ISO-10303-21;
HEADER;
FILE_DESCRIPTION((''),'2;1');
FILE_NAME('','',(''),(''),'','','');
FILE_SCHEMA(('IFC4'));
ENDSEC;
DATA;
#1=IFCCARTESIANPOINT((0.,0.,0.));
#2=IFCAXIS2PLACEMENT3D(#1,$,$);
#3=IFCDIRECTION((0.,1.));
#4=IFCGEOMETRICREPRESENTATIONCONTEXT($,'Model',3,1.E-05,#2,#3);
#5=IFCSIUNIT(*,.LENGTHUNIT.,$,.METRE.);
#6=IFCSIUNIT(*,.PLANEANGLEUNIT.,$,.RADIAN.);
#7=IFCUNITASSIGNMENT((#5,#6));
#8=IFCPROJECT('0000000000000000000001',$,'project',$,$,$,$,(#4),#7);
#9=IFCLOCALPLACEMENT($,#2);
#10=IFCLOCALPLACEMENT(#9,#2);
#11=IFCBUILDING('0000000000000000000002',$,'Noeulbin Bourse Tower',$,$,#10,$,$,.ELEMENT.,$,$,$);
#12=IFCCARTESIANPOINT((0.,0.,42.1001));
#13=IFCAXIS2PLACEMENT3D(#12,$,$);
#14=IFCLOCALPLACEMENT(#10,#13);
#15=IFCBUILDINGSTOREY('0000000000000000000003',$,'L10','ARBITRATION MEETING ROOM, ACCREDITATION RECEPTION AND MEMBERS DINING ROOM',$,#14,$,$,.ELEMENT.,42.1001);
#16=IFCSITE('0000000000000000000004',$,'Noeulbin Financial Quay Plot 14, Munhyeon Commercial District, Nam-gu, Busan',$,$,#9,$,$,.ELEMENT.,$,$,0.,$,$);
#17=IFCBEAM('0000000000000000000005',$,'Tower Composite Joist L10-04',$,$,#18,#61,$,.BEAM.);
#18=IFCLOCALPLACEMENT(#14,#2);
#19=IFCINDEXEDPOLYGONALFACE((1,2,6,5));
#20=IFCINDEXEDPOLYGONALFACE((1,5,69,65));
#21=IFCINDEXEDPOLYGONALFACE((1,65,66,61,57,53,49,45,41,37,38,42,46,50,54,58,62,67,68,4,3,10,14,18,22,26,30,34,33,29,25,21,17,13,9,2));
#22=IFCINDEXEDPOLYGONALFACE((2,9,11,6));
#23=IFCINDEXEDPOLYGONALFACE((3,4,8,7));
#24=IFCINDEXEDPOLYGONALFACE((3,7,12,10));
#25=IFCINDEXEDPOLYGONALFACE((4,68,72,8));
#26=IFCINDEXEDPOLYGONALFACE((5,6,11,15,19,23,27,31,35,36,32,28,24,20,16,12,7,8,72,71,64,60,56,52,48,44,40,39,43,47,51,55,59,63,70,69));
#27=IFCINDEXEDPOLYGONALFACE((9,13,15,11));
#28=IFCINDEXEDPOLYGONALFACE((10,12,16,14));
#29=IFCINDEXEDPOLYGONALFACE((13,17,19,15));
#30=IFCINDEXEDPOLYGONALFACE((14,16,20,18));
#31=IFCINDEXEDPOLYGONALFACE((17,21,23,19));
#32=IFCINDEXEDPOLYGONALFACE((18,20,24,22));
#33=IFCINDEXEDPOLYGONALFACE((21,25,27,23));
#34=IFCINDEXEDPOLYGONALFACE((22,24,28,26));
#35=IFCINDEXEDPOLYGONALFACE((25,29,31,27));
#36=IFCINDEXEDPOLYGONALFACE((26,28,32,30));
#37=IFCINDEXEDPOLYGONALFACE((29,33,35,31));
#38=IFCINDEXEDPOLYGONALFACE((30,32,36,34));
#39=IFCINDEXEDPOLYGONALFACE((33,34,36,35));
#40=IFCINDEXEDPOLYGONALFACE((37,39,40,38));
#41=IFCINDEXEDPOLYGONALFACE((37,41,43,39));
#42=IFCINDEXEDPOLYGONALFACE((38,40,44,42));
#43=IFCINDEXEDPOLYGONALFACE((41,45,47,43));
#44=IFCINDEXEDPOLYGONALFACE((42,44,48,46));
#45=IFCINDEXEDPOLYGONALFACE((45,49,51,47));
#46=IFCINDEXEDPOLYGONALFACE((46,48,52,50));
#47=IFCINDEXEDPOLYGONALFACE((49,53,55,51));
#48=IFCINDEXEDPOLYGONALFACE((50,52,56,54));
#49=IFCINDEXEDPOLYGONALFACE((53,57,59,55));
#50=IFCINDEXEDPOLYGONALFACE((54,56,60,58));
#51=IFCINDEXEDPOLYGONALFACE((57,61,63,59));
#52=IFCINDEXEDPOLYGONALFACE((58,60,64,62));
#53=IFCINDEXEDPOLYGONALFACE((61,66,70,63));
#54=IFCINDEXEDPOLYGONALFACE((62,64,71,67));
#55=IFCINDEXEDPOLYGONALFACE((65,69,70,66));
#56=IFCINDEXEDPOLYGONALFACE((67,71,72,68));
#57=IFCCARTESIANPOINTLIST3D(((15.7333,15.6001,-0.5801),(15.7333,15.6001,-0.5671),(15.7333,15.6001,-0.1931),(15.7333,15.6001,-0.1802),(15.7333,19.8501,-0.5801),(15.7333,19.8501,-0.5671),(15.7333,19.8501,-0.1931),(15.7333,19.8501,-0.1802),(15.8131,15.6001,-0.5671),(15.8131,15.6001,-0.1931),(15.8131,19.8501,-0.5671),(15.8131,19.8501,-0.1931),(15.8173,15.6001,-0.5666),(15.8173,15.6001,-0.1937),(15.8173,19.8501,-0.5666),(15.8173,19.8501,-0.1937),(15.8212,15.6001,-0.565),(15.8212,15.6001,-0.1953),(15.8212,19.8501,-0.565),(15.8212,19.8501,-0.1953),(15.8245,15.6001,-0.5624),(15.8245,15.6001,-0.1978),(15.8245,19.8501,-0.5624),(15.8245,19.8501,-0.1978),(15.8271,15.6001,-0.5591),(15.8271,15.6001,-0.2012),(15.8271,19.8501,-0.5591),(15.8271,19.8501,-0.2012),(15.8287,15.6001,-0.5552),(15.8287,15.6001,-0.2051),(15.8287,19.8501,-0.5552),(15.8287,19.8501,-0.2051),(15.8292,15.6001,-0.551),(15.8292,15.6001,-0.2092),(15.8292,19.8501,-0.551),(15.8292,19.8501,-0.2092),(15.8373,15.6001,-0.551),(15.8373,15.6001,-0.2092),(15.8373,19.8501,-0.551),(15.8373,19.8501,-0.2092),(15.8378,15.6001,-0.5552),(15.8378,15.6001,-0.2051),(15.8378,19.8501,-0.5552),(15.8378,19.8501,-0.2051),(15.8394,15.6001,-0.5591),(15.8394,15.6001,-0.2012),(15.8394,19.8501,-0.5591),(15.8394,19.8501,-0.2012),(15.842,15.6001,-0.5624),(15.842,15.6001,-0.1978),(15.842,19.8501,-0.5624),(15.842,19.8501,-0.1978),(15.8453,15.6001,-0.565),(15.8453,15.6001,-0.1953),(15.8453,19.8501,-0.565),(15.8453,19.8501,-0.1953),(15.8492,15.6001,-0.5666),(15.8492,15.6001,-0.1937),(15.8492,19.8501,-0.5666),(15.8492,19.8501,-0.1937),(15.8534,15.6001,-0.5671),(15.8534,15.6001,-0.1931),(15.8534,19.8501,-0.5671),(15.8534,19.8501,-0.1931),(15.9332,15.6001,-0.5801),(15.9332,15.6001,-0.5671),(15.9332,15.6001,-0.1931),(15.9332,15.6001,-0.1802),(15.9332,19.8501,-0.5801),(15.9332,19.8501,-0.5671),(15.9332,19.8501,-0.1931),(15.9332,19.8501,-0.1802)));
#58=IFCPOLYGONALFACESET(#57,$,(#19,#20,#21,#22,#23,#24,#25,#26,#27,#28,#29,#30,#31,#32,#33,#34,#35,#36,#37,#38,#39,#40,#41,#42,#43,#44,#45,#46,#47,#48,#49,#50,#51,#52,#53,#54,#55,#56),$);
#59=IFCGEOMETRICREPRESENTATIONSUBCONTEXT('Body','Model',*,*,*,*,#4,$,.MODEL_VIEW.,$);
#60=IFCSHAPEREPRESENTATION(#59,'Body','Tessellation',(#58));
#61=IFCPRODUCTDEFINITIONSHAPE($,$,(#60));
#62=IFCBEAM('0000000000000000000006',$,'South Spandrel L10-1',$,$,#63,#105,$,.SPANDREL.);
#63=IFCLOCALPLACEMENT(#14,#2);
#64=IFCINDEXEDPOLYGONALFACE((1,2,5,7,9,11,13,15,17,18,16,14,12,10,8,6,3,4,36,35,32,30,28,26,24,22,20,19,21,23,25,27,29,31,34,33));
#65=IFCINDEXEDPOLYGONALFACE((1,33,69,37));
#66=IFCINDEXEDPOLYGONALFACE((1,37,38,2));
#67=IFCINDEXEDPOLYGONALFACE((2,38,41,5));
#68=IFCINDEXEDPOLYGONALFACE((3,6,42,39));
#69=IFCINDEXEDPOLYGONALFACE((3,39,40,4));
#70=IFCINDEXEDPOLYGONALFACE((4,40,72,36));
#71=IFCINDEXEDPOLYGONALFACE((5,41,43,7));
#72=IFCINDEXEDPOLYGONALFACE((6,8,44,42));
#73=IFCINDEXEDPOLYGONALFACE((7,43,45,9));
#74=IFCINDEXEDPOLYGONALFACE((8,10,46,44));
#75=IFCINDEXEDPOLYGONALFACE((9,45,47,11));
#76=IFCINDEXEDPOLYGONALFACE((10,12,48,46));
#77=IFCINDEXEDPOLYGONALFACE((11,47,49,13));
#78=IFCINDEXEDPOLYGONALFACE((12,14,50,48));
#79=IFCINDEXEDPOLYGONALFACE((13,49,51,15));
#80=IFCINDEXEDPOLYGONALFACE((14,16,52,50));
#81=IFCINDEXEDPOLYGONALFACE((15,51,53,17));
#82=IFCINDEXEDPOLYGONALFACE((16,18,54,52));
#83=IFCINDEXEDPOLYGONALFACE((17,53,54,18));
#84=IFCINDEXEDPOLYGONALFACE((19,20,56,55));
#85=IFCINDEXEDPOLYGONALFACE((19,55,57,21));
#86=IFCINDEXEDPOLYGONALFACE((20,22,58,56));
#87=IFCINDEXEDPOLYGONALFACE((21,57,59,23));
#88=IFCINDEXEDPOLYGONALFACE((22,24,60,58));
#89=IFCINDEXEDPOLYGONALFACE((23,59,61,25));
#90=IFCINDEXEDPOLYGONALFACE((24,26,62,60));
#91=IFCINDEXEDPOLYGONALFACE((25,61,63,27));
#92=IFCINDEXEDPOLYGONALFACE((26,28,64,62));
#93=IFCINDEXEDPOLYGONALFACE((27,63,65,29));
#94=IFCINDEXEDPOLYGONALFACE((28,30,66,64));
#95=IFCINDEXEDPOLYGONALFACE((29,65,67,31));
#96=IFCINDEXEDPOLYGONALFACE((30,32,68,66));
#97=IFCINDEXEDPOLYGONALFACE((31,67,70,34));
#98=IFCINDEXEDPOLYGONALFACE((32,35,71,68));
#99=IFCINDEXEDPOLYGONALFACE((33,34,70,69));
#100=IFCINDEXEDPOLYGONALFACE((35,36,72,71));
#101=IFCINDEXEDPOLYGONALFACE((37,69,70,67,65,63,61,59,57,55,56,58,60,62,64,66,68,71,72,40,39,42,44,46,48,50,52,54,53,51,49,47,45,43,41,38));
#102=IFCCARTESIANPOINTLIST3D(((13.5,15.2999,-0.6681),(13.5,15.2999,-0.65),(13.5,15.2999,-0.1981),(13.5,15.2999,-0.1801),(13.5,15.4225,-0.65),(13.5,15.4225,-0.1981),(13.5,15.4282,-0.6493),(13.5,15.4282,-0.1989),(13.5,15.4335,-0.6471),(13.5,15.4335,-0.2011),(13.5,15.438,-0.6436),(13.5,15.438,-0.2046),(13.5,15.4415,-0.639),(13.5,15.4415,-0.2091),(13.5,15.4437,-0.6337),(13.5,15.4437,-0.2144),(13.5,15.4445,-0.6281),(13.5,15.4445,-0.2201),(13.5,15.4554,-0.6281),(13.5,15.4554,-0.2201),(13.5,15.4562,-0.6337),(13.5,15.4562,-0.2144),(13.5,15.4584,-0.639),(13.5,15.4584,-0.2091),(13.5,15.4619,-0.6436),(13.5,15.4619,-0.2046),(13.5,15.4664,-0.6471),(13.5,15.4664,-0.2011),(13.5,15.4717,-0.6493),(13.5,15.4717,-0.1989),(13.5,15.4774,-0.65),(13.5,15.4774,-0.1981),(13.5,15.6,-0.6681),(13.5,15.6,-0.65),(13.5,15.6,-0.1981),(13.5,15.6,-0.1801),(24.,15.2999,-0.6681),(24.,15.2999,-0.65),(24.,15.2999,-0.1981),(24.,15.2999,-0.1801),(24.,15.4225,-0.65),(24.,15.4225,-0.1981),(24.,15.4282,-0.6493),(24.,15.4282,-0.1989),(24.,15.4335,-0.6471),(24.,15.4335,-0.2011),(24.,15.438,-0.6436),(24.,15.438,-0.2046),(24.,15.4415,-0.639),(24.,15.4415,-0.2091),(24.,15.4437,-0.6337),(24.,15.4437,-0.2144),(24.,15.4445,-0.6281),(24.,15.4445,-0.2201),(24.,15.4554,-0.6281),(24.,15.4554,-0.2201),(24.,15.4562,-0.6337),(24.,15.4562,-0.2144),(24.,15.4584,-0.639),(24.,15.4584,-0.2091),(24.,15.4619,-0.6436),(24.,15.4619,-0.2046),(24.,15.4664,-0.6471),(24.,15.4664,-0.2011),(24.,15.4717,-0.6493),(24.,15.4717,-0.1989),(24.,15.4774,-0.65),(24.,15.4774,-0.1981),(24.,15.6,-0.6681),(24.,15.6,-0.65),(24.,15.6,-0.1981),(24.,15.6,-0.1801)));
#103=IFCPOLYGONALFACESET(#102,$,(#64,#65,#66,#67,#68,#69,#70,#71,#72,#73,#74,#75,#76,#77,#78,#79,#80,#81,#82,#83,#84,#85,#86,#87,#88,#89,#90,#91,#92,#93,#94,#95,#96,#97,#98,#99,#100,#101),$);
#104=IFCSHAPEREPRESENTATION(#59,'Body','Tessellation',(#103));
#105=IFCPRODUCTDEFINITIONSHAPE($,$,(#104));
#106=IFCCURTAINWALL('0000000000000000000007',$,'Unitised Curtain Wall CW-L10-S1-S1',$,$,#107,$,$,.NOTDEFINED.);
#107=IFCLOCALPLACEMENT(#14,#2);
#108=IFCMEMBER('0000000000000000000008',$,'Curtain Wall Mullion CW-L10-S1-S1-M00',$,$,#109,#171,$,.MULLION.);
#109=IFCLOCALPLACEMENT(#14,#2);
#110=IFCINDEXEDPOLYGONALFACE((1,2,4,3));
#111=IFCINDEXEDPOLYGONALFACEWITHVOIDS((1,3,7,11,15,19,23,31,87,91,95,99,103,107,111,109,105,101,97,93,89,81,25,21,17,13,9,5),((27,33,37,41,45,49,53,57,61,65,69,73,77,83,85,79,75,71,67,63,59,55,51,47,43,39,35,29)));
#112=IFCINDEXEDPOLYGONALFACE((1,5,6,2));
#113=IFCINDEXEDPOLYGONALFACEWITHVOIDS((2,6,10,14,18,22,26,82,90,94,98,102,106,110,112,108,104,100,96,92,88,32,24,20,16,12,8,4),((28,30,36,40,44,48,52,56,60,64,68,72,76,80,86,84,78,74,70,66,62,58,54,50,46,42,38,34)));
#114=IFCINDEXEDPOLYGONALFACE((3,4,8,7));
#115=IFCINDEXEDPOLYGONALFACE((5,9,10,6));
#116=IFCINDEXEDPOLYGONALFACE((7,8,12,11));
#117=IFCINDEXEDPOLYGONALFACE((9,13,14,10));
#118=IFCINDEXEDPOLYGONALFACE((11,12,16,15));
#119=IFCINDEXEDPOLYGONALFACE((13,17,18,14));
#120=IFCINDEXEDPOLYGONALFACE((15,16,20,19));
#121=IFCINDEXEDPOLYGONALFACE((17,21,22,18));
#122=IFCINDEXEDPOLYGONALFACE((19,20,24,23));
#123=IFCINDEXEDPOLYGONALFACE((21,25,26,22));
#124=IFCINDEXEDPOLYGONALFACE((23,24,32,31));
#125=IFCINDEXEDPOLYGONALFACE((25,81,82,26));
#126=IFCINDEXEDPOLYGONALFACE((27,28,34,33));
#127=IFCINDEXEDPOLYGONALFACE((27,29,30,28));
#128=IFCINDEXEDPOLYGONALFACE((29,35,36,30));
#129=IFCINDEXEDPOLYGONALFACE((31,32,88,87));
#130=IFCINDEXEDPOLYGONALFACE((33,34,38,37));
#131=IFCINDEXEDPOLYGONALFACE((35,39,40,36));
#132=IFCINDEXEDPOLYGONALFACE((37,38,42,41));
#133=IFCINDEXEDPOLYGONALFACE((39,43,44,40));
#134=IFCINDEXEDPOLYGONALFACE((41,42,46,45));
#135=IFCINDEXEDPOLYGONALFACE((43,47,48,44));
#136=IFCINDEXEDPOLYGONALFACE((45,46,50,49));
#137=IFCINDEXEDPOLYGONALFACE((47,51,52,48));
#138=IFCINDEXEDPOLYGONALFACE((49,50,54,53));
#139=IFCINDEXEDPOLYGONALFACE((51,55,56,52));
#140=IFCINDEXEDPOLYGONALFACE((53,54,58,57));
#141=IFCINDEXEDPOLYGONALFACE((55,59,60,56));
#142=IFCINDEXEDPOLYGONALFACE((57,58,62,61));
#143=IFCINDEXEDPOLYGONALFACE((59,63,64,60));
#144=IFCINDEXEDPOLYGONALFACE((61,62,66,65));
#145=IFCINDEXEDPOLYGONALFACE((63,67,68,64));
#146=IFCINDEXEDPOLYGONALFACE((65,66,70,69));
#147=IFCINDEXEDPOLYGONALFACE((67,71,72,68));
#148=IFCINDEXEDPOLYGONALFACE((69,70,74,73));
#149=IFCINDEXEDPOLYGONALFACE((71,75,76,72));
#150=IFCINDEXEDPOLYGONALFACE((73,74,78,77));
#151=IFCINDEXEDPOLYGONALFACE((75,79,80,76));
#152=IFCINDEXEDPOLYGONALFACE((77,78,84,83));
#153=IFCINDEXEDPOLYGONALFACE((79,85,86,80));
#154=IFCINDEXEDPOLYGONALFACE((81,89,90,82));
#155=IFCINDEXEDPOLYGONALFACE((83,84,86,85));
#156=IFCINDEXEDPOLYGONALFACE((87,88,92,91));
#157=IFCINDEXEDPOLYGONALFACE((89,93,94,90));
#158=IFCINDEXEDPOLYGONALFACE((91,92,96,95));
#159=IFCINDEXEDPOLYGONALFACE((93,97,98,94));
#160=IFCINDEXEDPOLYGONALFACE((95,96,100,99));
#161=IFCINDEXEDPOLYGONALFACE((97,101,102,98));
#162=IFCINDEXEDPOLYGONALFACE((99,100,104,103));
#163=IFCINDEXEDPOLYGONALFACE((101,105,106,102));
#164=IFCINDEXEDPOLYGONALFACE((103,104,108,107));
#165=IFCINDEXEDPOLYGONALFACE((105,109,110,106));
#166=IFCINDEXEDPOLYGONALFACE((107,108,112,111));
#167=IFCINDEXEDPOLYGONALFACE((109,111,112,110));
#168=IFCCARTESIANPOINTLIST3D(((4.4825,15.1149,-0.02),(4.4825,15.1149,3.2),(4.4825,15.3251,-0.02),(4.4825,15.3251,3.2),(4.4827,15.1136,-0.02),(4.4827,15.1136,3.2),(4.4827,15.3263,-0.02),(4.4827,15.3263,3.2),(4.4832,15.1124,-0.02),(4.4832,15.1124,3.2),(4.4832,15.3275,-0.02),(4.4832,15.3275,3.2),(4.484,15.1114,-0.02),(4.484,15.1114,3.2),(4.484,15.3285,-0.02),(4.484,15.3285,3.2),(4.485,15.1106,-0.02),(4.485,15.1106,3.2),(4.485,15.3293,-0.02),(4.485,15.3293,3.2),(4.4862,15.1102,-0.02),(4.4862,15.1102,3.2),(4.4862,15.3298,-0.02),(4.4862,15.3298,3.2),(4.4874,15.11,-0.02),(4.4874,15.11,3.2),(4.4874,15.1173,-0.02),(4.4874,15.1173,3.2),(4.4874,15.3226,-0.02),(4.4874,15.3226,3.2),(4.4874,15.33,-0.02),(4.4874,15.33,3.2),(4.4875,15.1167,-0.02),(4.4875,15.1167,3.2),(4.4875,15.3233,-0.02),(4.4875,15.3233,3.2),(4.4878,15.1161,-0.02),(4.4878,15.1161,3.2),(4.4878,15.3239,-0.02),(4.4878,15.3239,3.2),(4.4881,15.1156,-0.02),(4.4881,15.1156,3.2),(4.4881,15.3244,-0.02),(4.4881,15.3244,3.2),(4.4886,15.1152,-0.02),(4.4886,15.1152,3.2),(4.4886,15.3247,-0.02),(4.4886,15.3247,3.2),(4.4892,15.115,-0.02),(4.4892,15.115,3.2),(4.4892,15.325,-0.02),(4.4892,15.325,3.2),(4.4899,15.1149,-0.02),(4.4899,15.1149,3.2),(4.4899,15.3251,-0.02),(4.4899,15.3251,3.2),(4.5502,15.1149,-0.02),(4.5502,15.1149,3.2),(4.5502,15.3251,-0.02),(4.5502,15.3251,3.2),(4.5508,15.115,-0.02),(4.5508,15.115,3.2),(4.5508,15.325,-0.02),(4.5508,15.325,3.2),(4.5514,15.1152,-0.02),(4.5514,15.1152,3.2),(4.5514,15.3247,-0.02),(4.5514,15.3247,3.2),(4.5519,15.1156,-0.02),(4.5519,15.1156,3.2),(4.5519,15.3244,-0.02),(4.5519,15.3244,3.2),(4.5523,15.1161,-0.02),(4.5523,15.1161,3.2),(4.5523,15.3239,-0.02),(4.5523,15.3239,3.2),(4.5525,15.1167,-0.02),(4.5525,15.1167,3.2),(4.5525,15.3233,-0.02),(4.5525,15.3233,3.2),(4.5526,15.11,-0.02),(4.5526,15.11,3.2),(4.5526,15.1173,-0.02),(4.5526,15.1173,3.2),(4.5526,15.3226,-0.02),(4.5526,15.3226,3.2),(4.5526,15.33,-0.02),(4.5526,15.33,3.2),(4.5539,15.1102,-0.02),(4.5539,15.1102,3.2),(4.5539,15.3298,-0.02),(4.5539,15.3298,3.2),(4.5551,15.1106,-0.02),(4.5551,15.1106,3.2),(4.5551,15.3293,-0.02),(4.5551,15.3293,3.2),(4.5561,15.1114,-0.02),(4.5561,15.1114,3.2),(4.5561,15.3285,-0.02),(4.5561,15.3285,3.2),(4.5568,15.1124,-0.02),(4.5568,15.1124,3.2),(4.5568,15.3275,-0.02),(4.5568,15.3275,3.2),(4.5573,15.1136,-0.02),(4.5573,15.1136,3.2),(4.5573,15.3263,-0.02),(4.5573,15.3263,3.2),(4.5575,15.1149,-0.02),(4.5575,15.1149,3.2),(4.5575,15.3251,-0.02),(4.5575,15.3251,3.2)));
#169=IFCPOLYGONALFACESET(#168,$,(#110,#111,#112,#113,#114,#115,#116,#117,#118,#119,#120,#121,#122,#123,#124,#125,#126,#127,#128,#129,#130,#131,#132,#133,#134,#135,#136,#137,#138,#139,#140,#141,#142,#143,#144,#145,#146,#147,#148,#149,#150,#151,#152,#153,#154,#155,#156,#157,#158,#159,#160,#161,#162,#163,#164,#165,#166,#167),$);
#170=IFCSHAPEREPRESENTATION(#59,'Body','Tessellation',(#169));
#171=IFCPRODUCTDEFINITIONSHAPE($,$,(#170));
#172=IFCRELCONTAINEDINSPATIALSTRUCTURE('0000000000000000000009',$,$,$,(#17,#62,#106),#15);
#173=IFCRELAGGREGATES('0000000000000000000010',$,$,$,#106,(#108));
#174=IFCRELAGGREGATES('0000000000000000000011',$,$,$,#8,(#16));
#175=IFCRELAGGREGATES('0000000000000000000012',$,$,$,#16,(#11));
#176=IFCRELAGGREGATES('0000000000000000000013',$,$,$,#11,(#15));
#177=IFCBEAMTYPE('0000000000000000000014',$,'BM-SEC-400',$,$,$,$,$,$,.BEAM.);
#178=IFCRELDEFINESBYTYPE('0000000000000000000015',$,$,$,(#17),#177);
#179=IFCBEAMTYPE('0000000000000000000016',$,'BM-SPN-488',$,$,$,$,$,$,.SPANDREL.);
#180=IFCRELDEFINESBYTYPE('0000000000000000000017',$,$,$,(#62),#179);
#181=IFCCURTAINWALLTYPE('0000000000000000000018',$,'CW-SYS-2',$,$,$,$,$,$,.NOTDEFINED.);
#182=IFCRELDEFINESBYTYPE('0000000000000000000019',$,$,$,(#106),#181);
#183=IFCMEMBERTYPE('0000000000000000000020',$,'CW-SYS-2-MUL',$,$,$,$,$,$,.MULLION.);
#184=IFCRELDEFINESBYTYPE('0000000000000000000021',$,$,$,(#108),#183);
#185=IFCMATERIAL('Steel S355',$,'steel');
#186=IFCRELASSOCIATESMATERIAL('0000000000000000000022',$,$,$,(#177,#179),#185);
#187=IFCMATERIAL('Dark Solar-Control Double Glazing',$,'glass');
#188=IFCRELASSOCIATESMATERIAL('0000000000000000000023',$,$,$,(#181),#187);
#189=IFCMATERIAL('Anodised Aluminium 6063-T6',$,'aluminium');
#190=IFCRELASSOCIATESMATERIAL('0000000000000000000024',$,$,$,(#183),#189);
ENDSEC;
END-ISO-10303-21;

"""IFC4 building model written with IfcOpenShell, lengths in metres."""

from ifc_helpers import new_model, si_unit, direction, frame, origin, origin_2d, place, context, subcontext, project, spatial, hollow_rectangle, i_section, extrude, material, material_profile, profile_set, type_object, element, aggregate, save


model = new_model("IFC4")

# Units and contexts
model_context = context("Model", 3, precision=1e-05, world=origin(), true_north=direction((0.0, 1.0)))
body_context = subcontext(model_context, "Body", "Model", "MODEL_VIEW")
ifc_project = project(units=[si_unit("LENGTHUNIT", "METRE"), si_unit("PLANEANGLEUNIT", "RADIAN")], contexts=[model_context])

# Site, building, storey
site_placement = place(None, origin())
site = spatial("IfcSite", under=ifc_project, at=site_placement, Name="Noeulbin Financial Quay Plot 14, Munhyeon Commercial District, Nam-gu, Busan", CompositionType="ELEMENT", RefElevation=0.0)
building_placement = place(site_placement, origin())
building = spatial("IfcBuilding", under=site, at=building_placement, Name="Noeulbin Bourse Tower", CompositionType="ELEMENT")
storey_placement = place(building_placement, frame((0.0, 0.0, 42.1001)))
storey = spatial("IfcBuildingStorey", under=building, at=storey_placement, Name="L10", Description="ARBITRATION MEETING ROOM, ACCREDITATION RECEPTION AND MEMBERS DINING ROOM", CompositionType="ELEMENT", Elevation=42.1001)

# Beams
ifc_material_1 = material(Name="Steel S355", Category="steel")
ifc_material_profile_1 = material_profile(ifc_material_1, i_section(OverallWidth=0.2, OverallDepth=0.3999, WebThickness=0.0081, FlangeThickness=0.0129, FilletRadius=0.0161, at=origin_2d()), Name="H-400x200x8x13", Category="LoadBearing")
ifc_profile_set_1 = profile_set([ifc_material_profile_1], Name="Steel S355")
beam_type_1 = type_object("IfcBeamType", Name="BM-SEC-400", PredefinedType="BEAM", material=ifc_profile_set_1)
for number, where, z_axis, x_axis, name in (
    (1, (15.8333, 15.6001, -0.3801), (0.0, 1.0, 0.0), (-1.0, 0.0, 0.0), "Tower Composite Joist L10-04"),
):
    element("IfcBeam", number, at=place(storey_placement, frame(where, z_axis=z_axis, x_axis=x_axis)), inside=storey, type_object=beam_type_1, Name=name, PredefinedType="BEAM", context=body_context, shape_type="SweptSolid", body=[
        extrude(i_section(OverallWidth=0.2, OverallDepth=0.3999, WebThickness=0.0081, FlangeThickness=0.0129, FilletRadius=0.0161, at=origin_2d()), origin(), (0.0, 0.0, 1.0), 4.25),
    ])
ifc_material_profile_2 = material_profile(ifc_material_1, i_section(OverallWidth=0.3, OverallDepth=0.488, WebThickness=0.011, FlangeThickness=0.0181, FilletRadius=0.022, at=origin_2d()), Name="H-488x300x11x18", Category="LoadBearing")
ifc_profile_set_2 = profile_set([ifc_material_profile_2], Name="Steel S355")
beam_type_2 = type_object("IfcBeamType", Name="BM-SPN-488", PredefinedType="SPANDREL", material=ifc_profile_set_2)
beam_1_placement = place(storey_placement, frame((13.5, 15.45, -0.4241), z_axis=(1.0, 0.0, 0.0), x_axis=(0.0, 1.0, 0.0)))
element("IfcBeam", 2, at=beam_1_placement, inside=storey, type_object=beam_type_2, Name="South Spandrel L10-1", PredefinedType="SPANDREL", context=body_context, shape_type="SweptSolid", body=[
    extrude(i_section(OverallWidth=0.3, OverallDepth=0.488, WebThickness=0.011, FlangeThickness=0.0181, FilletRadius=0.022, at=origin_2d()), origin(), (0.0, 0.0, 1.0), 10.5),
])

# Curtain wall, member
ifc_material_2 = material(Name="Dark Solar-Control Double Glazing", Category="glass")
curtain_wall_type = type_object("IfcCurtainWallType", Name="CW-SYS-2", PredefinedType="NOTDEFINED", material=ifc_material_2)
curtain_wall_1_placement = place(storey_placement, origin())
curtain_wall_1 = element("IfcCurtainWall", 3, at=curtain_wall_1_placement, inside=storey, type_object=curtain_wall_type, Name="Unitised Curtain Wall CW-L10-S1-S1", PredefinedType="NOTDEFINED")
ifc_material_3 = material(Name="Anodised Aluminium 6063-T6", Category="aluminium")
ifc_material_profile_3 = material_profile(ifc_material_3, hollow_rectangle(XDim=0.075, YDim=0.22, WallThickness=0.0049, InnerFilletRadius=0.0024, OuterFilletRadius=0.0049, at=origin_2d()), Name="ALU-MULL-75x220x5", Category="LoadBearing")
ifc_profile_set_3 = profile_set([ifc_material_profile_3], Name="Anodised Aluminium 6063-T6")
member_type_1 = type_object("IfcMemberType", Name="CW-SYS-2-MUL", PredefinedType="MULLION", material=ifc_profile_set_3)
member_1_placement = place(storey_placement, frame((4.52, 15.22, -0.02), z_axis=(0.0, 0.0, 1.0), x_axis=(1.0, 0.0, 0.0)))
member_1 = element("IfcMember", 4, at=member_1_placement, type_object=member_type_1, Name="Curtain Wall Mullion CW-L10-S1-S1-M00", PredefinedType="MULLION", context=body_context, shape_type="SweptSolid", body=[
    extrude(hollow_rectangle(XDim=0.075, YDim=0.22, WallThickness=0.0049, InnerFilletRadius=0.0024, OuterFilletRadius=0.0049, at=origin_2d()), origin(), (0.0, 0.0, 1.0), 3.22),
])

aggregate(curtain_wall_1, [member_1])

save(model, "model.ifc")
